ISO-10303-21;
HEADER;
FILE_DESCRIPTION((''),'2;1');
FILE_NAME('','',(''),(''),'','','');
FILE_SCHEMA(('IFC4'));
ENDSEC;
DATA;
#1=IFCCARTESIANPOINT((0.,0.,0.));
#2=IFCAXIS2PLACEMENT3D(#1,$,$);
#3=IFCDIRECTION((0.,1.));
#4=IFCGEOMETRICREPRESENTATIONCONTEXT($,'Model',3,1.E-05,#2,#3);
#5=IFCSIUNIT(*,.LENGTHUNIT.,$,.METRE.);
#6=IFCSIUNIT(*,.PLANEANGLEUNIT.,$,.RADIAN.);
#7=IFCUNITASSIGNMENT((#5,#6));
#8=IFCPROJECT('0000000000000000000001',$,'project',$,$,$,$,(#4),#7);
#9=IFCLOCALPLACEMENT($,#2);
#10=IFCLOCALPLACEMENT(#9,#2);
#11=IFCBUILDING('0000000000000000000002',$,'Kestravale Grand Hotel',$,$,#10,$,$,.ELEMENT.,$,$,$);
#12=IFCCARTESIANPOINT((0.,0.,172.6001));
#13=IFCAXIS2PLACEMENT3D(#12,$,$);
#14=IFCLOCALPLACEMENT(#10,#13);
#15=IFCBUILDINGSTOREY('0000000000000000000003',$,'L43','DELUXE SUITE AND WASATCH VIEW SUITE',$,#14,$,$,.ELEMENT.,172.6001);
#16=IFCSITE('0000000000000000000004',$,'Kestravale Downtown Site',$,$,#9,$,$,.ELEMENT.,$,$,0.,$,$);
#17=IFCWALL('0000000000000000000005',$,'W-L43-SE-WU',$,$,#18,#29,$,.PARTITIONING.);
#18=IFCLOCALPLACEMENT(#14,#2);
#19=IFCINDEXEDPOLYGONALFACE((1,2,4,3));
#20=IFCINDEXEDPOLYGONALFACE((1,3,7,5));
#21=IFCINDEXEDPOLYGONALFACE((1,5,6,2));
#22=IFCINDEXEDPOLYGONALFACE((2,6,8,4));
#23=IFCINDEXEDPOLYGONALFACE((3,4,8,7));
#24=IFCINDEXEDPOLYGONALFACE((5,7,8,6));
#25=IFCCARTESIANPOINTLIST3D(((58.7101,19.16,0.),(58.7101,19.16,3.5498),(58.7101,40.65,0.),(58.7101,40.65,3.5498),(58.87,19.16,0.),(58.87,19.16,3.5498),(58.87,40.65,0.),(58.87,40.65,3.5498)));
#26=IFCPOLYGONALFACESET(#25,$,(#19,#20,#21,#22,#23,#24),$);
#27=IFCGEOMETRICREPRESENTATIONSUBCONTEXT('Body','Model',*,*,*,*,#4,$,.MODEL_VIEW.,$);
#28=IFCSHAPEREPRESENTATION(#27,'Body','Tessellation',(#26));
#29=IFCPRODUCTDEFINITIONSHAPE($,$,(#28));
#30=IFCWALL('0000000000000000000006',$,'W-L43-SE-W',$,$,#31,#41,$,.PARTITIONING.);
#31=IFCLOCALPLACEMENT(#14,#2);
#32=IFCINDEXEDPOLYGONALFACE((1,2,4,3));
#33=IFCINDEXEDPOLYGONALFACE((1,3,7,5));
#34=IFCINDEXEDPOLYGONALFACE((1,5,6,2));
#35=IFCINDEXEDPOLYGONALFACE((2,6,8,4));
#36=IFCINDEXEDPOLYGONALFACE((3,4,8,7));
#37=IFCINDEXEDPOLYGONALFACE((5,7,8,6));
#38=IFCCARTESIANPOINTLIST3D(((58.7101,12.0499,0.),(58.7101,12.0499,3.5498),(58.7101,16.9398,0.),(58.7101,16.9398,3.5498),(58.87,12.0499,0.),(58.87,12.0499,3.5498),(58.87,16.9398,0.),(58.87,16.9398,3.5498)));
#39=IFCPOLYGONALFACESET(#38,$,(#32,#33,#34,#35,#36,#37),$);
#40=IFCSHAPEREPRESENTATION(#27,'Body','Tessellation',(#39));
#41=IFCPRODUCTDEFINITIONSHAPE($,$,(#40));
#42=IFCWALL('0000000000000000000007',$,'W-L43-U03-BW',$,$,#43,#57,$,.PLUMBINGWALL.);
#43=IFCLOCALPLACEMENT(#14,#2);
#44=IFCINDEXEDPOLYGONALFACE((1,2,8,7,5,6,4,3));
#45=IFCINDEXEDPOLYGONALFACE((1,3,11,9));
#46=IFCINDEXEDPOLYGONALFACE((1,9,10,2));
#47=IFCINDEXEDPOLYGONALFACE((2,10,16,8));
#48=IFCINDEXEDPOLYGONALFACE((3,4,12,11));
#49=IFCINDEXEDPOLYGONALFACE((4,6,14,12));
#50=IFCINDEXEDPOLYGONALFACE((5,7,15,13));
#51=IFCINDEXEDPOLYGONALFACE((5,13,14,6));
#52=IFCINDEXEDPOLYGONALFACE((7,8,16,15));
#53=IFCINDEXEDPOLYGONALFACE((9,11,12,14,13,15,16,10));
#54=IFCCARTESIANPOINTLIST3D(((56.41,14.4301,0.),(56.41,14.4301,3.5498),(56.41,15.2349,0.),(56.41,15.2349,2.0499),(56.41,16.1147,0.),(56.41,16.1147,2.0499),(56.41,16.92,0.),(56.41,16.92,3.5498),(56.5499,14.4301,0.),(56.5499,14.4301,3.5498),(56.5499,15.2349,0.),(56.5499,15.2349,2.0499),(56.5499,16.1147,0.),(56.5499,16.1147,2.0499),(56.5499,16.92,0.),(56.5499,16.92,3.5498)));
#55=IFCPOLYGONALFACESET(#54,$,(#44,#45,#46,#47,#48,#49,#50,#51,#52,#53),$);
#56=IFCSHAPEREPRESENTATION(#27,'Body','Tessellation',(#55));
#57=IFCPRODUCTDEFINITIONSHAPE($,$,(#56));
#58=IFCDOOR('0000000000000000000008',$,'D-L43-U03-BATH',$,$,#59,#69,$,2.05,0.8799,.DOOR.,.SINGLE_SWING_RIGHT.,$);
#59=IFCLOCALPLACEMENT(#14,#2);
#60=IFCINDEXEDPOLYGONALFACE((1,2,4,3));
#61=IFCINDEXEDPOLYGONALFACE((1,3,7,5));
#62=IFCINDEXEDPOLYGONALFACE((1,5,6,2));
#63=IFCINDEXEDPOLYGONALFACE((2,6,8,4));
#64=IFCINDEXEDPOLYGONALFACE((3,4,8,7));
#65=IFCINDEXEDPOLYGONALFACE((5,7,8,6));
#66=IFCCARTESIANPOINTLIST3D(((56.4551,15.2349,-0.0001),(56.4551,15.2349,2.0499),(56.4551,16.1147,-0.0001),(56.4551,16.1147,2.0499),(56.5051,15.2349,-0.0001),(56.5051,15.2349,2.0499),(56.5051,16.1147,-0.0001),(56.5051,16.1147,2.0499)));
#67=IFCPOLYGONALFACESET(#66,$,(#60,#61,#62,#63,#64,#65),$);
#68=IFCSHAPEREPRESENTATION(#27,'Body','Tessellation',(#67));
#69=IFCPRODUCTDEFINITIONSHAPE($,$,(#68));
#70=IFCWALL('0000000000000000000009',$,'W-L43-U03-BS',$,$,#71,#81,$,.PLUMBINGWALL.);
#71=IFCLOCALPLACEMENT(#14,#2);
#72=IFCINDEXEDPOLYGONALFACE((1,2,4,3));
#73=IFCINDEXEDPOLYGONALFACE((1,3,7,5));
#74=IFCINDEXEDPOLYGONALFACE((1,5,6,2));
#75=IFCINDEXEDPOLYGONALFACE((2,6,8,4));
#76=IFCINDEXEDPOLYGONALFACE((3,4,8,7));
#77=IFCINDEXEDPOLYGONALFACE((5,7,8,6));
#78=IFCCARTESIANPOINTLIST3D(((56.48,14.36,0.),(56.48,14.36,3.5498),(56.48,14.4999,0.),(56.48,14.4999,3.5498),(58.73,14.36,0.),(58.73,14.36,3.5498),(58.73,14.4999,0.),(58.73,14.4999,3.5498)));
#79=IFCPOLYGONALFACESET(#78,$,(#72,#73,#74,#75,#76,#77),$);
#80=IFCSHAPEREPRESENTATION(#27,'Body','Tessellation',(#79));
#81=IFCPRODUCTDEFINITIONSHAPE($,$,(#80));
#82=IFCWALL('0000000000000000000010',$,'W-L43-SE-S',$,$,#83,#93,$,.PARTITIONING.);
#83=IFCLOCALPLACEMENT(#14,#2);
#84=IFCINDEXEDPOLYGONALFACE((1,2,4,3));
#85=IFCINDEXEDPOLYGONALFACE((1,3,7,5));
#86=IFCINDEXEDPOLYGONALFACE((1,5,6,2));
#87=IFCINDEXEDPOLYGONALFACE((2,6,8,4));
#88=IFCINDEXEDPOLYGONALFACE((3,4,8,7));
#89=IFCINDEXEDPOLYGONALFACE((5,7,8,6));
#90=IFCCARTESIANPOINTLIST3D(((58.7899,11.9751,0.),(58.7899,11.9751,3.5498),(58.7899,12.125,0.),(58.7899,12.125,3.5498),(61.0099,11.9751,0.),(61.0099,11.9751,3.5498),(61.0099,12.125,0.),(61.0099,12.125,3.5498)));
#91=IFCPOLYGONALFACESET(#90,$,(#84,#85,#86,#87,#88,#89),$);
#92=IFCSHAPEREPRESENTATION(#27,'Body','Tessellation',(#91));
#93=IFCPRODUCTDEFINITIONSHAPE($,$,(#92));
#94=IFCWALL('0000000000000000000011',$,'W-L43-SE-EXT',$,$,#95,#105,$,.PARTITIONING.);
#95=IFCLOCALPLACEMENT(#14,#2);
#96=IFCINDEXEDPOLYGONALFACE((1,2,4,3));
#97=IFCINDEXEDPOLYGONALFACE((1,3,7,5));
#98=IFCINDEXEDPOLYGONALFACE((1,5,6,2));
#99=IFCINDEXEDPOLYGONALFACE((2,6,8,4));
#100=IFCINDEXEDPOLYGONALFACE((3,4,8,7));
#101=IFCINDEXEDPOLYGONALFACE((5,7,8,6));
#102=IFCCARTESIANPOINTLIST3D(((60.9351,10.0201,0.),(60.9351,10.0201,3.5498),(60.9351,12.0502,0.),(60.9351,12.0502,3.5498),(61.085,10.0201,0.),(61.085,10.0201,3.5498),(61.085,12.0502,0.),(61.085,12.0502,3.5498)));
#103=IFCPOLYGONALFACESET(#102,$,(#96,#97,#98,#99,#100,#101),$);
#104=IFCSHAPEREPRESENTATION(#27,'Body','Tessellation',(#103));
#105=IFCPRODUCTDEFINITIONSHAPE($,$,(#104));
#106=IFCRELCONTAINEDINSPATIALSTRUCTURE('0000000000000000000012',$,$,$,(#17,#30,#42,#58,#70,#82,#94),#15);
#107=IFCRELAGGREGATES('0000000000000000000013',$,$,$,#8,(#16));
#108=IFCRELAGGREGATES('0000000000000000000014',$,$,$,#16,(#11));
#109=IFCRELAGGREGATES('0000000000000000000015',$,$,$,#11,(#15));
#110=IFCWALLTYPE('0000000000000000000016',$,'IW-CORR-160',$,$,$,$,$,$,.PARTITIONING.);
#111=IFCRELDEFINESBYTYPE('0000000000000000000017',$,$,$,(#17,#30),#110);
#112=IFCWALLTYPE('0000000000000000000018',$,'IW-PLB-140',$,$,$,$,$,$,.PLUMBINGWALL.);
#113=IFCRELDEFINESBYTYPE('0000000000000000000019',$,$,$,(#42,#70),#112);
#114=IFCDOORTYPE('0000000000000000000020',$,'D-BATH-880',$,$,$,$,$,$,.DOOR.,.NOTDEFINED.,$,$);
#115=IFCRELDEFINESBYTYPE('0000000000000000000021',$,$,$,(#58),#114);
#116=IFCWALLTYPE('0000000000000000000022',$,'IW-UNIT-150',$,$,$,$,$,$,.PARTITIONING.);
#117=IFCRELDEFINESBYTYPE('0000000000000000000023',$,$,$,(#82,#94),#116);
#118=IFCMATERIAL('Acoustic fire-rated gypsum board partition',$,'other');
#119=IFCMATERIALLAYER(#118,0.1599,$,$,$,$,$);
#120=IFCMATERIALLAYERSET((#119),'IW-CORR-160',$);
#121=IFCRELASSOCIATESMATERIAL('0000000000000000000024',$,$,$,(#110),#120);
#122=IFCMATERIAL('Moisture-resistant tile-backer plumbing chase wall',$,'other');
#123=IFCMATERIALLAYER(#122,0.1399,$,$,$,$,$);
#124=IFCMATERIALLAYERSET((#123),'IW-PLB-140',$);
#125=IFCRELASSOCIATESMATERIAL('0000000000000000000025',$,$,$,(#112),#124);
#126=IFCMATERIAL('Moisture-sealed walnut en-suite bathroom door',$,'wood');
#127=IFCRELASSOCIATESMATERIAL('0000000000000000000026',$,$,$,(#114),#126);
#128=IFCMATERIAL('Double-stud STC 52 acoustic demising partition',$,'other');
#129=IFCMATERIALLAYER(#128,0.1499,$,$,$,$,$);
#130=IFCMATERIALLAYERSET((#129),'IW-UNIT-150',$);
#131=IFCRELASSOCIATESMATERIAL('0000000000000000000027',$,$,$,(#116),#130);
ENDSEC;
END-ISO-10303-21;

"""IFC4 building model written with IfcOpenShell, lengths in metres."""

from ifc_helpers import new_model, si_unit, direction, frame, frame_2d, origin, place, context, subcontext, project, spatial, rectangle, extrude, material, layer, layer_set, type_object, element, fill, save


model = new_model("IFC4")

# Units and contexts
model_context = context("Model", 3, precision=1e-05, world=origin(), true_north=direction((0.0, 1.0)))
body_context = subcontext(model_context, "Body", "Model", "MODEL_VIEW")
ifc_project = project(units=[si_unit("LENGTHUNIT", "METRE"), si_unit("PLANEANGLEUNIT", "RADIAN")], contexts=[model_context])

# Site, building, storey
site_placement = place(None, origin())
site = spatial("IfcSite", under=ifc_project, at=site_placement, Name="Kestravale Downtown Site", CompositionType="ELEMENT", RefElevation=0.0)
building_placement = place(site_placement, origin())
building = spatial("IfcBuilding", under=site, at=building_placement, Name="Kestravale Grand Hotel", CompositionType="ELEMENT")
storey_placement = place(building_placement, frame((0.0, 0.0, 172.6001)))
storey = spatial("IfcBuildingStorey", under=building, at=storey_placement, Name="L43", Description="DELUXE SUITE AND WASATCH VIEW SUITE", CompositionType="ELEMENT", Elevation=172.6001)

# Shared definitions
ifc_material_1 = material(Name="Acoustic fire-rated gypsum board partition", Category="other")
ifc_layer_1 = layer(ifc_material_1, 0.1599)
ifc_layer_set_1 = layer_set([ifc_layer_1], Name="IW-CORR-160")
wall_type_1 = type_object("IfcWallType", Name="IW-CORR-160", PredefinedType="PARTITIONING", material=ifc_layer_set_1)

# Walls
wall_1_placement = place(storey_placement, frame((58.79, 19.1599, 0.0), z_axis=(0.0, 0.0, 1.0), x_axis=(0.0, 1.0, 0.0)))
element("IfcWall", 1, at=wall_1_placement, inside=storey, type_object=wall_type_1, Name="W-L43-SE-WU", PredefinedType="PARTITIONING", context=body_context, shape_type="SweptSolid", body=[
    extrude(rectangle(XDim=21.49, YDim=0.1599, at=frame_2d((10.7451, 0.0))), origin(), (0.0, 0.0, 1.0), 3.5498),
])
wall_2_placement = place(storey_placement, frame((58.79, 12.05, 0.0), z_axis=(0.0, 0.0, 1.0), x_axis=(0.0, 1.0, 0.0)))
element("IfcWall", 2, at=wall_2_placement, inside=storey, type_object=wall_type_1, Name="W-L43-SE-W", PredefinedType="PARTITIONING", context=body_context, shape_type="SweptSolid", body=[
    extrude(rectangle(XDim=4.8899, YDim=0.1599, at=frame_2d((2.4448, 0.0))), origin(), (0.0, 0.0, 1.0), 3.5498),
])

# Wall, opening, door
ifc_material_2 = material(Name="Moisture-resistant tile-backer plumbing chase wall", Category="other")
ifc_layer_2 = layer(ifc_material_2, 0.1399)
ifc_layer_set_2 = layer_set([ifc_layer_2], Name="IW-PLB-140")
wall_type_2 = type_object("IfcWallType", Name="IW-PLB-140", PredefinedType="PLUMBINGWALL", material=ifc_layer_set_2)
wall_3_placement = place(storey_placement, frame((56.48, 14.4299, 0.0), z_axis=(0.0, 0.0, 1.0), x_axis=(0.0, 1.0, 0.0)))
wall_3 = element("IfcWall", 3, at=wall_3_placement, inside=storey, type_object=wall_type_2, Name="W-L43-U03-BW", PredefinedType="PLUMBINGWALL", context=body_context, shape_type="SweptSolid", body=[
    extrude(rectangle(XDim=2.49, YDim=0.1399, at=frame_2d((1.2451, 0.0))), origin(), (0.0, 0.0, 1.0), 3.5498),
])
opening_1_placement = place(wall_3_placement, frame((0.8049, 0.0, 0.0)))
opening_1 = element("IfcOpeningElement", 4, at=opening_1_placement, cuts=wall_3, PredefinedType="OPENING", context=body_context, shape_type="SweptSolid", body=[
    extrude(rectangle(XDim=0.8799, YDim=2.05, at=frame_2d((0.4399, 1.0249))), frame((0.0, 0.0798, 0.0), z_axis=(0.0, -1.0, 0.0), x_axis=(1.0, 0.0, 0.0)), (0.0, 0.0, 1.0), 0.1599),
])
ifc_material_3 = material(Name="Moisture-sealed walnut en-suite bathroom door", Category="wood")
door_type_1 = type_object("IfcDoorType", Name="D-BATH-880", OperationType="NOTDEFINED", PredefinedType="DOOR", material=ifc_material_3)
door_1_placement = place(opening_1_placement, origin())
door_1 = element("IfcDoor", 5, at=door_1_placement, inside=storey, type_object=door_type_1, Name="D-L43-U03-BATH", OperationType="SINGLE_SWING_RIGHT", OverallHeight=2.05, OverallWidth=0.8799, PredefinedType="DOOR", context=body_context, shape_type="SweptSolid", body=[
    extrude(rectangle(XDim=0.8799, YDim=2.05, at=frame_2d((0.4399, 1.0249))), frame((0.0, 0.0249, 0.0), z_axis=(0.0, -1.0, 0.0), x_axis=(1.0, 0.0, 0.0)), (0.0, 0.0, 1.0), 0.05),
])
fill(opening_1, door_1)

# Walls
wall_4_placement = place(storey_placement, frame((56.48, 14.4299, 0.0), z_axis=(0.0, 0.0, 1.0), x_axis=(1.0, 0.0, 0.0)))
element("IfcWall", 6, at=wall_4_placement, inside=storey, type_object=wall_type_2, Name="W-L43-U03-BS", PredefinedType="PLUMBINGWALL", context=body_context, shape_type="SweptSolid", body=[
    extrude(rectangle(XDim=2.25, YDim=0.1399, at=frame_2d((1.125, 0.0))), origin(), (0.0, 0.0, 1.0), 3.5498),
])
ifc_material_4 = material(Name="Double-stud STC 52 acoustic demising partition", Category="other")
ifc_layer_3 = layer(ifc_material_4, 0.1499)
ifc_layer_set_3 = layer_set([ifc_layer_3], Name="IW-UNIT-150")
wall_type_3 = type_object("IfcWallType", Name="IW-UNIT-150", PredefinedType="PARTITIONING", material=ifc_layer_set_3)
wall_5_placement = place(storey_placement, frame((58.79, 12.05, 0.0), z_axis=(0.0, 0.0, 1.0), x_axis=(1.0, 0.0, 0.0)))
element("IfcWall", 7, at=wall_5_placement, inside=storey, type_object=wall_type_3, Name="W-L43-SE-S", PredefinedType="PARTITIONING", context=body_context, shape_type="SweptSolid", body=[
    extrude(rectangle(XDim=2.22, YDim=0.1499, at=frame_2d((1.1099, 0.0))), origin(), (0.0, 0.0, 1.0), 3.5498),
])
wall_6_placement = place(storey_placement, frame((61.01, 10.02, 0.0), z_axis=(0.0, 0.0, 1.0), x_axis=(0.0, 1.0, 0.0)))
element("IfcWall", 8, at=wall_6_placement, inside=storey, type_object=wall_type_3, Name="W-L43-SE-EXT", PredefinedType="PARTITIONING", context=body_context, shape_type="SweptSolid", body=[
    extrude(rectangle(XDim=2.03, YDim=0.1499, at=frame_2d((1.0151, 0.0))), origin(), (0.0, 0.0, 1.0), 3.5498),
])

save(model, "model.ifc")
